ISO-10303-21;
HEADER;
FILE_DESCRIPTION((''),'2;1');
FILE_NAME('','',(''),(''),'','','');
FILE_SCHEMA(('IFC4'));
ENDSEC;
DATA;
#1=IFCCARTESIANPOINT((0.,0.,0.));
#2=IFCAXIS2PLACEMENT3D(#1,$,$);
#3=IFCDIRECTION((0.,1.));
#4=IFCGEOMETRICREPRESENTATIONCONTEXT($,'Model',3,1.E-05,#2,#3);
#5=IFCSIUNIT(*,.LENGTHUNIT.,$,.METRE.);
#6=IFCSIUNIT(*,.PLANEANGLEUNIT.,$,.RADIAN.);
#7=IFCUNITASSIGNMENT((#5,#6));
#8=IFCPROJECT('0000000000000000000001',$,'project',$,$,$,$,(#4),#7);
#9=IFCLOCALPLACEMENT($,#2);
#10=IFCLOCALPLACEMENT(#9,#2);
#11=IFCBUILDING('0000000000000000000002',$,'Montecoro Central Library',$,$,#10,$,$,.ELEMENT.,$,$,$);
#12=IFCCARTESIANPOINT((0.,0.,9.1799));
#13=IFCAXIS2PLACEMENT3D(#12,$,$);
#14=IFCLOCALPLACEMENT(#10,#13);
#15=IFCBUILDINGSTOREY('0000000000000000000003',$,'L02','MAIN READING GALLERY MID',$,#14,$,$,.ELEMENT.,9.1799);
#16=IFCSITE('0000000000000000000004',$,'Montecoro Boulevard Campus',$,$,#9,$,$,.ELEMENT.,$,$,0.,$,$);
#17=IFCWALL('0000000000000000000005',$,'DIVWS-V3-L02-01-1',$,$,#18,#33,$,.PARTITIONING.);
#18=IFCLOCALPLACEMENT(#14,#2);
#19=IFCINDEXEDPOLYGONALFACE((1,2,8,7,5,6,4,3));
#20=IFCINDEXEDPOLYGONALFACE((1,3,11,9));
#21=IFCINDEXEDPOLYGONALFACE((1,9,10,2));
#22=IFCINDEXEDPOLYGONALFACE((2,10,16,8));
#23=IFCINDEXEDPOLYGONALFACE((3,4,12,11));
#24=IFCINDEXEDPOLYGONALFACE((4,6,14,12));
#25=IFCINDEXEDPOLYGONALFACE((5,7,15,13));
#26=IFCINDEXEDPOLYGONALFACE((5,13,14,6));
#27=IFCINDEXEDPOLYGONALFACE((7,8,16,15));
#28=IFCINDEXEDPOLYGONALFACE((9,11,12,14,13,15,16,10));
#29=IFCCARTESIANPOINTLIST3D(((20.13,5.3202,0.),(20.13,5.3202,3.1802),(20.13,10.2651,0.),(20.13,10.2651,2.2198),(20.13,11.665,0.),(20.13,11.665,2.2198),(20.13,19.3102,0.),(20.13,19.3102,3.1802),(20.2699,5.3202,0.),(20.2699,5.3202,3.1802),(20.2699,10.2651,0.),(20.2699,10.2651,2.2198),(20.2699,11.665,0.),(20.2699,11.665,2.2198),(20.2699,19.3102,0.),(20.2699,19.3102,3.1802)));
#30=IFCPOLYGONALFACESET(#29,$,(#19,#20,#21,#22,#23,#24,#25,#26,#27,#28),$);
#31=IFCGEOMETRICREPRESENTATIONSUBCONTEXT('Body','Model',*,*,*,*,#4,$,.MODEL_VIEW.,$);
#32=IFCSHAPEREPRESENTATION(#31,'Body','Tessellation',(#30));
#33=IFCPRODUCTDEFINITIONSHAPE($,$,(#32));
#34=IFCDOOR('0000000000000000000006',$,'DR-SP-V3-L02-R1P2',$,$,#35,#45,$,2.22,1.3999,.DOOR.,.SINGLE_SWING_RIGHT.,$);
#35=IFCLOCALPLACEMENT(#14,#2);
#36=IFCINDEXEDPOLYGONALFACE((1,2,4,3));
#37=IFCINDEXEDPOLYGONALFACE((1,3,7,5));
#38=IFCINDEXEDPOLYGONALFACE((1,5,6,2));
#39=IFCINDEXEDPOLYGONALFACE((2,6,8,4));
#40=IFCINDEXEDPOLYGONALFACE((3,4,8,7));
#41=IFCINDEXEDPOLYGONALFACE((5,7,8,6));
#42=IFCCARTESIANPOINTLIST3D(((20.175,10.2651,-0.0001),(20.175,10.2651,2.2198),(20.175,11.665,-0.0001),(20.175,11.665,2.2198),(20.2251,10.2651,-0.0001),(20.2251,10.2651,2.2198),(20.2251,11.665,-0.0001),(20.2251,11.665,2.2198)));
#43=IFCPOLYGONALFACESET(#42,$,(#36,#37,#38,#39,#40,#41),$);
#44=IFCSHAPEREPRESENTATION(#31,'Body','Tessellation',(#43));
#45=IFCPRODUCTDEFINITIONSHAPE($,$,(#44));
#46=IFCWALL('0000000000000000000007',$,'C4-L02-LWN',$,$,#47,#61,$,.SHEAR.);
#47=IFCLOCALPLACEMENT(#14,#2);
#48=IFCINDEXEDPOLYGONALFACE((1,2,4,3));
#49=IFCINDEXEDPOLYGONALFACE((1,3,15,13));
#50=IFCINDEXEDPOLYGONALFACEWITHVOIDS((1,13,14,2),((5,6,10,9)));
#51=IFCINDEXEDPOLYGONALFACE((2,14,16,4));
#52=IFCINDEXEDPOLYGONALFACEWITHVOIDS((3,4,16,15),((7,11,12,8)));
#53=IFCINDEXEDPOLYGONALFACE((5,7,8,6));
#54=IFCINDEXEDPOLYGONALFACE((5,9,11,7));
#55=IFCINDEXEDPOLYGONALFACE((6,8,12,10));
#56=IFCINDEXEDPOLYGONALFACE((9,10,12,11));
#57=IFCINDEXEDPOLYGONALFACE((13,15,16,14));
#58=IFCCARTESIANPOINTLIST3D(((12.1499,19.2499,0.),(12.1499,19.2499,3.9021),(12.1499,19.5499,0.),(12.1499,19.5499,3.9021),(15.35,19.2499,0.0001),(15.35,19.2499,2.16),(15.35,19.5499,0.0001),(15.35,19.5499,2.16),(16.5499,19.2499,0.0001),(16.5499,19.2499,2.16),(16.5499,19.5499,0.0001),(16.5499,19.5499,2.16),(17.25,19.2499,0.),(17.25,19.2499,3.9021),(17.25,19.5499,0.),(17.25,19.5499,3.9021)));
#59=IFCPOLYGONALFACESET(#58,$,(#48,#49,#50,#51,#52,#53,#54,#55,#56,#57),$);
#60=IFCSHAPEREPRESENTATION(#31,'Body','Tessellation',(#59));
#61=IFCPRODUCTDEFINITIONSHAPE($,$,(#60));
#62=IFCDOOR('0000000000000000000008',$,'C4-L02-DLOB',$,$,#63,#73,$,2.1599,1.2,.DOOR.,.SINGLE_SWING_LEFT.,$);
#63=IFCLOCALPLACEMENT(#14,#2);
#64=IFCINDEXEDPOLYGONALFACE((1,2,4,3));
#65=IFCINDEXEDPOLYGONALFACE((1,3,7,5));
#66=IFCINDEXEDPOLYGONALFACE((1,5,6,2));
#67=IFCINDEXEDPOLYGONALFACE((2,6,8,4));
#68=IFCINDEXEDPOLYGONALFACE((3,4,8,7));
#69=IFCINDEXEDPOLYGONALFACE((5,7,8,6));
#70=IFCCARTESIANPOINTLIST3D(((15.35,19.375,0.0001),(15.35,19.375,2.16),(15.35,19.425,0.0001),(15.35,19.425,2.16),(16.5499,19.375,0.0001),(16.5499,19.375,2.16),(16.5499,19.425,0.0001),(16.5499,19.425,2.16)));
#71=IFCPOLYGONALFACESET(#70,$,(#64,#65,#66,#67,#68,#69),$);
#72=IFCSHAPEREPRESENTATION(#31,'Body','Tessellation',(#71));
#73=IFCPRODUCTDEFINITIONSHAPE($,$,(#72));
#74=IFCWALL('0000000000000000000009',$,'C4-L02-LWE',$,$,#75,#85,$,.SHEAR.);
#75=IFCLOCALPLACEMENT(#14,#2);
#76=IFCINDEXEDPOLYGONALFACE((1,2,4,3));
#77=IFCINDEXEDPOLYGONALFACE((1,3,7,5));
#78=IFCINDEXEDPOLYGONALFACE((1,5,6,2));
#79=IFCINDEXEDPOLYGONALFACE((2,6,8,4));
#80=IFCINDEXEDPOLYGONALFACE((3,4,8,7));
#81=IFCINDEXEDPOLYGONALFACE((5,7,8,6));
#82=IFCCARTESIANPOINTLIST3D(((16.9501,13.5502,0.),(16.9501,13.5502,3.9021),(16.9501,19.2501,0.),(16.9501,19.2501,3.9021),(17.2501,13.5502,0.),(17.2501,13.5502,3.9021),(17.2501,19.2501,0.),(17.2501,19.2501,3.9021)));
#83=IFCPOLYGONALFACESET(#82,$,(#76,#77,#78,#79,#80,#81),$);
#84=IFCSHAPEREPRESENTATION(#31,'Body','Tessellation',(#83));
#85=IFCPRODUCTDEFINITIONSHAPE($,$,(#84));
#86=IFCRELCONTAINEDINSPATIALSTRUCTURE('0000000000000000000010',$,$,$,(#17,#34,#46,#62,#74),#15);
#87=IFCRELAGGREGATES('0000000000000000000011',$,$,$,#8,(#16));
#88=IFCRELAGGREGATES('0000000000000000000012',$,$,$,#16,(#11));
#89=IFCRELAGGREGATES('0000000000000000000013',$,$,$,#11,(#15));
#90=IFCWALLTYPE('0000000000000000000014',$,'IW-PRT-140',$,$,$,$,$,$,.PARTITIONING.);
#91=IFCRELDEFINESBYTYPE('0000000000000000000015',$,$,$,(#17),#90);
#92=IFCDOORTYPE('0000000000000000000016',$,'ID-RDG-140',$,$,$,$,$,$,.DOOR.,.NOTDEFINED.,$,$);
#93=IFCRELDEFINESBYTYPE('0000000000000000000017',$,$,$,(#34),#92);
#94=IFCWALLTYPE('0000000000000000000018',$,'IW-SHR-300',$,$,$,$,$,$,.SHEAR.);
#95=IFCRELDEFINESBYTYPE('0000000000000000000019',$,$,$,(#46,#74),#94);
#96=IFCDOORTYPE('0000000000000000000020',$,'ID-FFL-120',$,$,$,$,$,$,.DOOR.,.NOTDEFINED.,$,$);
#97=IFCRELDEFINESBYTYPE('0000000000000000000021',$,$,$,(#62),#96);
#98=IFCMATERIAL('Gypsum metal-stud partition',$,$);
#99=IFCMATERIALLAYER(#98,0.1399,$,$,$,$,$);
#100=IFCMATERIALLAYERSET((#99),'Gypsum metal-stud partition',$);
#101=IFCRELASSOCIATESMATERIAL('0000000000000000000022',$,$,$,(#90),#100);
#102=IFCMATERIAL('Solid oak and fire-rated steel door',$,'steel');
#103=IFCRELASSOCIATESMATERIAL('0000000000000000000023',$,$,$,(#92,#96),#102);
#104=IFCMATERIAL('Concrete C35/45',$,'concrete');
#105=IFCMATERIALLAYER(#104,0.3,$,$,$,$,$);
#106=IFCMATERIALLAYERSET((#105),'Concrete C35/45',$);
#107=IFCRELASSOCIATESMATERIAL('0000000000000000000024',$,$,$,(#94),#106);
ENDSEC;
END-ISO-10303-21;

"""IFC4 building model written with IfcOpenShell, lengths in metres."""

from ifc_helpers import new_model, si_unit, direction, frame, frame_2d, origin, place, context, subcontext, project, spatial, rectangle, extrude, material, layer, layer_set, type_object, element, fill, save


model = new_model("IFC4")

# Units and contexts
model_context = context("Model", 3, precision=1e-05, world=origin(), true_north=direction((0.0, 1.0)))
body_context = subcontext(model_context, "Body", "Model", "MODEL_VIEW")
ifc_project = project(units=[si_unit("LENGTHUNIT", "METRE"), si_unit("PLANEANGLEUNIT", "RADIAN")], contexts=[model_context])

# Site, building, storey
site_placement = place(None, origin())
site = spatial("IfcSite", under=ifc_project, at=site_placement, Name="Montecoro Boulevard Campus", CompositionType="ELEMENT", RefElevation=0.0)
building_placement = place(site_placement, origin())
building = spatial("IfcBuilding", under=site, at=building_placement, Name="Montecoro Central Library", CompositionType="ELEMENT")
storey_placement = place(building_placement, frame((0.0, 0.0, 9.1799)))
storey = spatial("IfcBuildingStorey", under=building, at=storey_placement, Name="L02", Description="MAIN READING GALLERY MID", CompositionType="ELEMENT", Elevation=9.1799)

# Walls, openings, doors
ifc_material_1 = material(Name="Gypsum metal-stud partition")
ifc_layer_1 = layer(ifc_material_1, 0.1399)
ifc_layer_set_1 = layer_set([ifc_layer_1], Name="Gypsum metal-stud partition")
wall_type_1 = type_object("IfcWallType", Name="IW-PRT-140", PredefinedType="PARTITIONING", material=ifc_layer_set_1)
wall_1_placement = place(storey_placement, frame((20.2, 5.3201, 0.0), z_axis=(0.0, 0.0, 1.0), x_axis=(0.0, 1.0, 0.0)))
wall_1 = element("IfcWall", 1, at=wall_1_placement, inside=storey, type_object=wall_type_1, Name="DIVWS-V3-L02-01-1", PredefinedType="PARTITIONING", context=body_context, shape_type="SweptSolid", body=[
    extrude(rectangle(XDim=13.99, YDim=0.1399, at=frame_2d((6.9951, 0.0))), origin(), (0.0, 0.0, 1.0), 3.1802),
])
opening_1_placement = place(wall_1_placement, frame((4.9451, 0.0, 0.0)))
opening_1 = element("IfcOpeningElement", 2, at=opening_1_placement, cuts=wall_1, PredefinedType="OPENING", context=body_context, shape_type="SweptSolid", body=[
    extrude(rectangle(XDim=1.3999, YDim=2.22, at=frame_2d((0.7, 1.1099))), frame((0.0, 0.0798, 0.0), z_axis=(0.0, -1.0, 0.0), x_axis=(1.0, 0.0, 0.0)), (0.0, 0.0, 1.0), 0.1599),
])
ifc_material_2 = material(Name="Solid oak and fire-rated steel door", Category="steel")
door_type_1 = type_object("IfcDoorType", Name="ID-RDG-140", OperationType="NOTDEFINED", PredefinedType="DOOR", material=ifc_material_2)
door_1_placement = place(opening_1_placement, origin())
door_1 = element("IfcDoor", 3, at=door_1_placement, inside=storey, type_object=door_type_1, Name="DR-SP-V3-L02-R1P2", OperationType="SINGLE_SWING_RIGHT", OverallHeight=2.22, OverallWidth=1.3999, PredefinedType="DOOR", context=body_context, shape_type="SweptSolid", body=[
    extrude(rectangle(XDim=1.3999, YDim=2.22, at=frame_2d((0.7, 1.1099))), frame((0.0, 0.0249, 0.0), z_axis=(0.0, -1.0, 0.0), x_axis=(1.0, 0.0, 0.0)), (0.0, 0.0, 1.0), 0.05),
])
fill(opening_1, door_1)
ifc_material_3 = material(Name="Concrete C35/45", Category="concrete")
ifc_layer_2 = layer(ifc_material_3, 0.3)
ifc_layer_set_2 = layer_set([ifc_layer_2], Name="Concrete C35/45")
wall_type_2 = type_object("IfcWallType", Name="IW-SHR-300", PredefinedType="SHEAR", material=ifc_layer_set_2)
wall_2_placement = place(storey_placement, frame((17.25, 19.3999, 0.0), z_axis=(0.0, 0.0, 1.0), x_axis=(-1.0, 0.0, 0.0)))
wall_2 = element("IfcWall", 4, at=wall_2_placement, inside=storey, type_object=wall_type_2, Name="C4-L02-LWN", PredefinedType="SHEAR", context=body_context, shape_type="SweptSolid", body=[
    extrude(rectangle(XDim=5.1001, YDim=0.3, at=frame_2d((2.55, 0.0))), origin(), (0.0, 0.0, 1.0), 3.9021),
])
opening_2_placement = place(wall_2_placement, frame((0.7, 0.0, 0.0)))
opening_2 = element("IfcOpeningElement", 5, at=opening_2_placement, cuts=wall_2, PredefinedType="OPENING", context=body_context, shape_type="SweptSolid", body=[
    extrude(rectangle(XDim=1.2, YDim=2.1599, at=frame_2d((0.6001, 1.0801))), frame((0.0, 0.1599, 0.0), z_axis=(0.0, -1.0, 0.0), x_axis=(1.0, 0.0, 0.0)), (0.0, 0.0, 1.0), 0.3201),
])
door_type_2 = type_object("IfcDoorType", Name="ID-FFL-120", OperationType="NOTDEFINED", PredefinedType="DOOR", material=ifc_material_2)
door_2_placement = place(opening_2_placement, origin())
door_2 = element("IfcDoor", 6, at=door_2_placement, inside=storey, type_object=door_type_2, Name="C4-L02-DLOB", OperationType="SINGLE_SWING_LEFT", OverallHeight=2.1599, OverallWidth=1.2, PredefinedType="DOOR", context=body_context, shape_type="SweptSolid", body=[
    extrude(rectangle(XDim=1.2, YDim=2.1599, at=frame_2d((0.6001, 1.0801))), frame((0.0, 0.0249, 0.0), z_axis=(0.0, -1.0, 0.0), x_axis=(1.0, 0.0, 0.0)), (0.0, 0.0, 1.0), 0.05),
])
fill(opening_2, door_2)

# Wall
wall_3_placement = place(storey_placement, frame((17.1001, 13.55, 0.0), z_axis=(0.0, 0.0, 1.0), x_axis=(0.0, 1.0, 0.0)))
element("IfcWall", 7, at=wall_3_placement, inside=storey, type_object=wall_type_2, Name="C4-L02-LWE", PredefinedType="SHEAR", context=body_context, shape_type="SweptSolid", body=[
    extrude(rectangle(XDim=5.7, YDim=0.3, at=frame_2d((2.8501, 0.0))), origin(), (0.0, 0.0, 1.0), 3.9021),
])

save(model, "model.ifc")
